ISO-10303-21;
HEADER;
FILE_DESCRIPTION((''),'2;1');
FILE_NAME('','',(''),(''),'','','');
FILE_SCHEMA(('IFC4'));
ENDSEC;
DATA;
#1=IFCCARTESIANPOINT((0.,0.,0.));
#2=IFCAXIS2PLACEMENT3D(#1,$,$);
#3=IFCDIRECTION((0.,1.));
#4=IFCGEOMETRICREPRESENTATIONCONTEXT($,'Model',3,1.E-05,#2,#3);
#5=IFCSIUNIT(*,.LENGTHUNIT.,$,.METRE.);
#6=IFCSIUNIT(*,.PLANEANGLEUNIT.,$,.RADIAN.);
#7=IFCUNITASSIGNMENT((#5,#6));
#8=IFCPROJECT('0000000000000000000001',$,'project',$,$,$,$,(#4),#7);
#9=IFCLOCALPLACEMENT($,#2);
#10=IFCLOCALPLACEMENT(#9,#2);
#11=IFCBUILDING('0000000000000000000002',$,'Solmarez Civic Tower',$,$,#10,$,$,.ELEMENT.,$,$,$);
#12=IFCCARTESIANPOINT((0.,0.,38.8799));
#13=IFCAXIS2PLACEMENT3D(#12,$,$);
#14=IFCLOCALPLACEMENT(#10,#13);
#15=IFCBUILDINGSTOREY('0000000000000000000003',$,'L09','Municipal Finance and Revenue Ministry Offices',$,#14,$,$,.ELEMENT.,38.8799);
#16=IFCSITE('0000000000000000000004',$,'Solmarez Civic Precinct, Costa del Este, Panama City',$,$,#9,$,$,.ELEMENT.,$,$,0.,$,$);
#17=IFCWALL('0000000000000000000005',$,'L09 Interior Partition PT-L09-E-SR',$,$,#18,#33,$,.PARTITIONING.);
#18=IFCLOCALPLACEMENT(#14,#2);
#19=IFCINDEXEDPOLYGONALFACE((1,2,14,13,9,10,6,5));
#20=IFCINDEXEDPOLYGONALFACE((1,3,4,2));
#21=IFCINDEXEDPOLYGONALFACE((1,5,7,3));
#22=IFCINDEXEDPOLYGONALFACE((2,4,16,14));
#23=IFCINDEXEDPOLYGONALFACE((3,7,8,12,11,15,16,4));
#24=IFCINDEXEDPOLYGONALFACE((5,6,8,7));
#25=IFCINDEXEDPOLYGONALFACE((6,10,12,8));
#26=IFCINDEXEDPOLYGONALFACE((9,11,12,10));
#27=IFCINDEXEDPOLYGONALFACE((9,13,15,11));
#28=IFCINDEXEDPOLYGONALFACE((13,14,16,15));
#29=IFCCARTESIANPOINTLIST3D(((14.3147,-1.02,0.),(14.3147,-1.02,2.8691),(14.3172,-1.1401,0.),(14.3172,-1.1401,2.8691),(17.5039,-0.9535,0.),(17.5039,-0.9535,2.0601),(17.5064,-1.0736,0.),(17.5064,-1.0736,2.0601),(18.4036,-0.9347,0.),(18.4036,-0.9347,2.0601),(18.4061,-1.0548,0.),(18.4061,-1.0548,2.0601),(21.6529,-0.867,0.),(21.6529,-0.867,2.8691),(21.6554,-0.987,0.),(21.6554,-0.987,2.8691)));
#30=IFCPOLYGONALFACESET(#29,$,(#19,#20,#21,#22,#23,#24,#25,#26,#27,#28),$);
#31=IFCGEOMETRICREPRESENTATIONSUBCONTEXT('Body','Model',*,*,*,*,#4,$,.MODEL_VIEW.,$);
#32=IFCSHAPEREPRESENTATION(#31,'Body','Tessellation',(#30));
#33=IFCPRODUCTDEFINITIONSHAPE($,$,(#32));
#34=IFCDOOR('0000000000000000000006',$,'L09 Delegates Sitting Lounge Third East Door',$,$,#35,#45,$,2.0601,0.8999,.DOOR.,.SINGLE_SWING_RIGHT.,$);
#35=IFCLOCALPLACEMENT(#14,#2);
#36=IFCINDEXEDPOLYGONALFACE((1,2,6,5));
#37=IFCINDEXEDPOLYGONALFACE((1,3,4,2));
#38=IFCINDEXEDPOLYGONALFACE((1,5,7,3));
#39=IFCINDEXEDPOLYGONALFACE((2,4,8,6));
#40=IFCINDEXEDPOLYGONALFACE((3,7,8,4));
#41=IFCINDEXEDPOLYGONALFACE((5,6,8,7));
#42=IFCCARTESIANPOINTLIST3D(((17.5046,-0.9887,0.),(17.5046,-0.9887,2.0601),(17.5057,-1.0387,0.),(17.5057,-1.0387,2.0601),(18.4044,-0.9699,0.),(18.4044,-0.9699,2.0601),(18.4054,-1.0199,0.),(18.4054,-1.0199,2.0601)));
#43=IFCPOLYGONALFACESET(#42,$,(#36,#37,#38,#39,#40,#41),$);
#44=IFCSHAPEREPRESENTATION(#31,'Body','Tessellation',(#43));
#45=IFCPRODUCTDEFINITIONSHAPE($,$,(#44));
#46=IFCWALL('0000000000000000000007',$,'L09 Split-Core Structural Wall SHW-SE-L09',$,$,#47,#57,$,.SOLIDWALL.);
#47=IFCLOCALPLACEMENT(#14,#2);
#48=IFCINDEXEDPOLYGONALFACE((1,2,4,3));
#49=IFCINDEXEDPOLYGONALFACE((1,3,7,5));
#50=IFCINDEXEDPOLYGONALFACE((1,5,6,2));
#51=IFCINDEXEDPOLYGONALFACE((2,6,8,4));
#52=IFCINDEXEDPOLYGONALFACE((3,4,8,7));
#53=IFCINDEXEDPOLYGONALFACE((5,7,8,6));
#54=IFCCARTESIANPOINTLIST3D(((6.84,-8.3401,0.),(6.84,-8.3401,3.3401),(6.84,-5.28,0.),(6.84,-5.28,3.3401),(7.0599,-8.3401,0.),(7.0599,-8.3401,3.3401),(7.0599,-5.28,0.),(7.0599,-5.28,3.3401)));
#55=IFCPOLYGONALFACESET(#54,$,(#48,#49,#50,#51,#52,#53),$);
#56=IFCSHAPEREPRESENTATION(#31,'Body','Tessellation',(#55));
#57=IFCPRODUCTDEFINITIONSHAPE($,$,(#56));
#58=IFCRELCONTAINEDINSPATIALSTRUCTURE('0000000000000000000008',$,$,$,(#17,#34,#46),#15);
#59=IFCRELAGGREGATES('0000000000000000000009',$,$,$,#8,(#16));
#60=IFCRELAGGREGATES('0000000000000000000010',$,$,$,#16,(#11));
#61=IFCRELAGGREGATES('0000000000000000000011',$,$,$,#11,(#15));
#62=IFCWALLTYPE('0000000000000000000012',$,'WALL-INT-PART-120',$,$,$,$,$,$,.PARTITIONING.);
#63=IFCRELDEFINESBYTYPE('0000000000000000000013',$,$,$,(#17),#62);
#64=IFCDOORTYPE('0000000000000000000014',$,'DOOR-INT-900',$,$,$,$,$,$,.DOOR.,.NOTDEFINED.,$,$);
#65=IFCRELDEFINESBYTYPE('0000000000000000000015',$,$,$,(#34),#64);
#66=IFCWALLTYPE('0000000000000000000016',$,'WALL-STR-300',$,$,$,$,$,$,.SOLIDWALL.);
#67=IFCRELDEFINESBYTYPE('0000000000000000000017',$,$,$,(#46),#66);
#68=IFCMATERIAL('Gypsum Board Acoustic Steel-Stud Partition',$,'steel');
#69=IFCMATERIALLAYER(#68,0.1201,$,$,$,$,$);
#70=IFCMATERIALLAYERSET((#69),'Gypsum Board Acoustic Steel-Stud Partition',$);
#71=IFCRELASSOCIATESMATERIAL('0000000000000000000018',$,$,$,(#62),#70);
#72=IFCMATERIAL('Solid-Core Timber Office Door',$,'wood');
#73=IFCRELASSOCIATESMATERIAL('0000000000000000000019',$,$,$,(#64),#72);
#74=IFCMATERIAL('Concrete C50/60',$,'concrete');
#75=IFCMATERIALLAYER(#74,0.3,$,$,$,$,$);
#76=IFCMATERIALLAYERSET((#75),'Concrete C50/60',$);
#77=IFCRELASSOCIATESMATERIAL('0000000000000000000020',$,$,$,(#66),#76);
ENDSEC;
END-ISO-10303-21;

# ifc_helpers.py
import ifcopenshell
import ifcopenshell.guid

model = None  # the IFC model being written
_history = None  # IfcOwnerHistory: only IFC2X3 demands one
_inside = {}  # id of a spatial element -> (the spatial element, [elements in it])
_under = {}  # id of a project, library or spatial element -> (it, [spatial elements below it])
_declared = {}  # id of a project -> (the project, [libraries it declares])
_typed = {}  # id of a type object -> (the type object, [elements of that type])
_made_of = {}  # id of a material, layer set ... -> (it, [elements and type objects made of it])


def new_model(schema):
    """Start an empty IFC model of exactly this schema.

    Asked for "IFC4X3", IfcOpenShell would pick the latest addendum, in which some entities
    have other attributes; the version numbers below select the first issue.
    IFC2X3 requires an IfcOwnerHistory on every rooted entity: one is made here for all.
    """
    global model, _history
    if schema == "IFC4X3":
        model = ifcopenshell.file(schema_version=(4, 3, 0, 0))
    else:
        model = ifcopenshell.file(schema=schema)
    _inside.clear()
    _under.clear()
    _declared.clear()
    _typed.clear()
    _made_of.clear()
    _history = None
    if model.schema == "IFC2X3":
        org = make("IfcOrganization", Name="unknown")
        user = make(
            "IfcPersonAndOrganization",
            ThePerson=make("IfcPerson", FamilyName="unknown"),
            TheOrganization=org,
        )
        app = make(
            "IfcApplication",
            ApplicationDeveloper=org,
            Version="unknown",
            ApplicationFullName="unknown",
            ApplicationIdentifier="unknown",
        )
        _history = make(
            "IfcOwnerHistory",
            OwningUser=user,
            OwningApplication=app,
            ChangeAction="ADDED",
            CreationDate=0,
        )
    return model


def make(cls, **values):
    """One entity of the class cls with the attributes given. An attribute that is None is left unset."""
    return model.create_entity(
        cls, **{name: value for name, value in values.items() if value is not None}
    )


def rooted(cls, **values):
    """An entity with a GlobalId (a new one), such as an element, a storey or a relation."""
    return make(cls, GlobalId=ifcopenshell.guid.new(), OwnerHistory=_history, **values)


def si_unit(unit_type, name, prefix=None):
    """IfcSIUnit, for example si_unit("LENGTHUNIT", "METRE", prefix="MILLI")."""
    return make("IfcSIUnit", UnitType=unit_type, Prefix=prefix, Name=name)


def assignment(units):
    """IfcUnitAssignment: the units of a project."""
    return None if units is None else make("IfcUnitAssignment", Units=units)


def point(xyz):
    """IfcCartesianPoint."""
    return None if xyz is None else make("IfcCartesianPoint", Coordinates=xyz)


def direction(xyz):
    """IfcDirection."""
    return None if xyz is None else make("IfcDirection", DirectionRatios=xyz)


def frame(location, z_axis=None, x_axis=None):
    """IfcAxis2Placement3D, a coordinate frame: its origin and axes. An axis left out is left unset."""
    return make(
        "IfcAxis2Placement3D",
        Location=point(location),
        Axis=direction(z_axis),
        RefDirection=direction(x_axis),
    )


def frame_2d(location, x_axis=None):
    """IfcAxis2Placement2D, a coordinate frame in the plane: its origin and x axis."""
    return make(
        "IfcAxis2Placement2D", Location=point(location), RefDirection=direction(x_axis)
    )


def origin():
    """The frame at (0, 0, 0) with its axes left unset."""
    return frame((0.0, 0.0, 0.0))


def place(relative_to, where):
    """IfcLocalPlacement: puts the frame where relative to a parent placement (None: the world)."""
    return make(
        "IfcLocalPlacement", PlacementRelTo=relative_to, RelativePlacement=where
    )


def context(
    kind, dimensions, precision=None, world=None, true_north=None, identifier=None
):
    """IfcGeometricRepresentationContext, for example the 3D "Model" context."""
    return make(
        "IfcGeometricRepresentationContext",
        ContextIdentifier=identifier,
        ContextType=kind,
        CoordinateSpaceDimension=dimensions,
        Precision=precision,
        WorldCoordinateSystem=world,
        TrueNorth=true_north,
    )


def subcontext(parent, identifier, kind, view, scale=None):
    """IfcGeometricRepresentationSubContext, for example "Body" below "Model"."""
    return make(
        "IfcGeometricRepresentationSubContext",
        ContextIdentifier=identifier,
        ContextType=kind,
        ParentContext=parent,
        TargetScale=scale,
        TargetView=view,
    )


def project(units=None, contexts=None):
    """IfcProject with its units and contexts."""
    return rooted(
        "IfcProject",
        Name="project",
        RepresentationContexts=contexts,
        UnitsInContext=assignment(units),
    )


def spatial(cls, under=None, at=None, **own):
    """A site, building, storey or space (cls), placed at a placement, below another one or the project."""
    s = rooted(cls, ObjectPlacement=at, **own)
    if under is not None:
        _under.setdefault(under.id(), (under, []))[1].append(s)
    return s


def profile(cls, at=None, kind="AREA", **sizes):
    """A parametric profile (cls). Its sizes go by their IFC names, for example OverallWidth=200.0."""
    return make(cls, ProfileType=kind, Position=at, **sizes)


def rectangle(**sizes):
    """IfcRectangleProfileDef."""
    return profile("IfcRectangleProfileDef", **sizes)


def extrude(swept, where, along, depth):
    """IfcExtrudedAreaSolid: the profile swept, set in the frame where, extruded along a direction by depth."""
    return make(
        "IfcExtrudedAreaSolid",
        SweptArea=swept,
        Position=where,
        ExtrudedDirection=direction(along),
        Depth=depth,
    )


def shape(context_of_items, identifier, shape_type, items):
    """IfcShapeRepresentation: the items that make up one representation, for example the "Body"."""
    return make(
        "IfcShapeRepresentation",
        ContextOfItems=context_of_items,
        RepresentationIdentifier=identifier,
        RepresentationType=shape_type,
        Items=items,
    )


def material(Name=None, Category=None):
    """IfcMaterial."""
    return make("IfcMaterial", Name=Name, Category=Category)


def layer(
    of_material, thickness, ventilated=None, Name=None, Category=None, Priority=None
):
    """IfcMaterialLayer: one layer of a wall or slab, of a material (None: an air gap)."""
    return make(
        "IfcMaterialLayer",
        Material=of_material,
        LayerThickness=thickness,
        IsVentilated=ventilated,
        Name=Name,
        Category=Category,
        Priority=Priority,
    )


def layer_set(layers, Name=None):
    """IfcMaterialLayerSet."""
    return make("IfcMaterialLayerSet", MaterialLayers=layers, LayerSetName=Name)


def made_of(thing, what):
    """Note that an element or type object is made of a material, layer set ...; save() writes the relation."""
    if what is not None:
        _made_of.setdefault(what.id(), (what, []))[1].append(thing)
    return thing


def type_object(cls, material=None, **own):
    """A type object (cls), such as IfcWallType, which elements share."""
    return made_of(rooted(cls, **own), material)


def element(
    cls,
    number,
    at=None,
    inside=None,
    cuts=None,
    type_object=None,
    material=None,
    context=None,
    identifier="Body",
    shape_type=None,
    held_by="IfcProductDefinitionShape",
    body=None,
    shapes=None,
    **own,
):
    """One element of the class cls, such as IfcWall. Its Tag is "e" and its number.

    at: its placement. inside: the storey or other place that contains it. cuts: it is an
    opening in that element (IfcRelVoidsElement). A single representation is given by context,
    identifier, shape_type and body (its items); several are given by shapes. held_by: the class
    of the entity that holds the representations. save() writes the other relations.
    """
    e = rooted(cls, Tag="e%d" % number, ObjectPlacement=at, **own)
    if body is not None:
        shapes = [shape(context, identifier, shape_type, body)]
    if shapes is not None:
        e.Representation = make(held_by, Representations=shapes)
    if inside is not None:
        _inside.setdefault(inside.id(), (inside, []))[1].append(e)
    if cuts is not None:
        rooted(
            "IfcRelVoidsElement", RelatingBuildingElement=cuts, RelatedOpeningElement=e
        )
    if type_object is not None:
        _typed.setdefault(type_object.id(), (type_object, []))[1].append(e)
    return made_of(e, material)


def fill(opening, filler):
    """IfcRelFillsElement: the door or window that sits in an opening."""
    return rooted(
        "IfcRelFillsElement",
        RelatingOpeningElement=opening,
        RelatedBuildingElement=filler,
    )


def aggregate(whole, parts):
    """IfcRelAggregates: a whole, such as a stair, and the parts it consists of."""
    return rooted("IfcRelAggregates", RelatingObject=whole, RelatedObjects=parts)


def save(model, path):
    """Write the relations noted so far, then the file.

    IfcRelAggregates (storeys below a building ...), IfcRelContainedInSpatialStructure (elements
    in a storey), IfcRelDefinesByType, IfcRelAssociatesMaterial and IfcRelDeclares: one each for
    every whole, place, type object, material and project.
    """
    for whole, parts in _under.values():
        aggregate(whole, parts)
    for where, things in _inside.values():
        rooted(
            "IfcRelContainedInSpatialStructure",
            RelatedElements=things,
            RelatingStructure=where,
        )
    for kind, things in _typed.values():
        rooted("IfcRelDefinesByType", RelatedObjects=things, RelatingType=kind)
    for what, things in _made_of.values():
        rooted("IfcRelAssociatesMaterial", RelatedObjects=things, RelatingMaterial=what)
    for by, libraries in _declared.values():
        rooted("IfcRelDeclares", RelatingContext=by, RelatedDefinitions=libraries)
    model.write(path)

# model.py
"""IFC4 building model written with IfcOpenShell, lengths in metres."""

from ifc_helpers import new_model, si_unit, direction, frame, frame_2d, origin, place, context, subcontext, project, spatial, rectangle, extrude, material, layer, layer_set, type_object, element, fill, save


model = new_model("IFC4")

# Units and contexts
model_context = context("Model", 3, precision=1e-05, world=origin(), true_north=direction((0.0, 1.0)))
body_context = subcontext(model_context, "Body", "Model", "MODEL_VIEW")
ifc_project = project(units=[si_unit("LENGTHUNIT", "METRE"), si_unit("PLANEANGLEUNIT", "RADIAN")], contexts=[model_context])

# Site, building, storey
site_placement = place(None, origin())
site = spatial("IfcSite", under=ifc_project, at=site_placement, Name="Solmarez Civic Precinct, Costa del Este, Panama City", CompositionType="ELEMENT", RefElevation=0.0)
building_placement = place(site_placement, origin())
building = spatial("IfcBuilding", under=site, at=building_placement, Name="Solmarez Civic Tower", CompositionType="ELEMENT")
storey_placement = place(building_placement, frame((0.0, 0.0, 38.8799)))
storey = spatial("IfcBuildingStorey", under=building, at=storey_placement, Name="L09", Description="Municipal Finance and Revenue Ministry Offices", CompositionType="ELEMENT", Elevation=38.8799)

# Shared definitions
ifc_material_1 = material(Name="Gypsum Board Acoustic Steel-Stud Partition", Category="steel")
ifc_layer_1 = layer(ifc_material_1, 0.1201)
ifc_layer_set_1 = layer_set([ifc_layer_1], Name="Gypsum Board Acoustic Steel-Stud Partition")
wall_type_1 = type_object("IfcWallType", Name="WALL-INT-PART-120", PredefinedType="PARTITIONING", material=ifc_layer_set_1)

# Wall, opening, door
wall_1_placement = place(storey_placement, frame((14.3159, -1.0801, 0.0), z_axis=(0.0, 0.0, 1.0), x_axis=(0.999782, 0.020856, 0.0)))
wall_1 = element("IfcWall", 1, at=wall_1_placement, inside=storey, type_object=wall_type_1, Name="L09 Interior Partition PT-L09-E-SR", PredefinedType="PARTITIONING", context=body_context, shape_type="SweptSolid", body=[
    extrude(rectangle(XDim=7.3398, YDim=0.1201, at=frame_2d((3.6699, 0.0))), origin(), (0.0, 0.0, 1.0), 2.8691),
])
opening_1_placement = place(wall_1_placement, frame((3.1899, 0.0, 0.0)))
opening_1 = element("IfcOpeningElement", 2, at=opening_1_placement, cuts=wall_1, PredefinedType="OPENING", context=body_context, shape_type="SweptSolid", body=[
    extrude(rectangle(XDim=0.8999, YDim=2.0601, at=frame_2d((0.45, 1.03))), frame((0.0, 0.0701, 0.0), z_axis=(0.0, -1.0, 0.0), x_axis=(1.0, 0.0, 0.0)), (0.0, 0.0, 1.0), 0.1401),
])
ifc_material_2 = material(Name="Solid-Core Timber Office Door", Category="wood")
door_type = type_object("IfcDoorType", Name="DOOR-INT-900", OperationType="NOTDEFINED", PredefinedType="DOOR", material=ifc_material_2)
door_placement = place(opening_1_placement, origin())
door = element("IfcDoor", 3, at=door_placement, inside=storey, type_object=door_type, Name="L09 Delegates Sitting Lounge Third East Door", OperationType="SINGLE_SWING_RIGHT", OverallHeight=2.0601, OverallWidth=0.8999, PredefinedType="DOOR", context=body_context, shape_type="SweptSolid", body=[
    extrude(rectangle(XDim=0.8999, YDim=2.0601, at=frame_2d((0.45, 1.03))), frame((0.0, 0.0249, 0.0), z_axis=(0.0, -1.0, 0.0), x_axis=(1.0, 0.0, 0.0)), (0.0, 0.0, 1.0), 0.05),
])
fill(opening_1, door)

# Wall
ifc_material_3 = material(Name="Concrete C50/60", Category="concrete")
ifc_layer_2 = layer(ifc_material_3, 0.3)
ifc_layer_set_2 = layer_set([ifc_layer_2], Name="Concrete C50/60")
wall_type_2 = type_object("IfcWallType", Name="WALL-STR-300", PredefinedType="SOLIDWALL", material=ifc_layer_set_2)
wall_2_placement = place(storey_placement, frame((6.95, -8.3401, 0.0), z_axis=(0.0, 0.0, 1.0), x_axis=(0.0, 1.0, 0.0)))
element("IfcWall", 4, at=wall_2_placement, inside=storey, type_object=wall_type_2, Name="L09 Split-Core Structural Wall SHW-SE-L09", PredefinedType="SOLIDWALL", context=body_context, shape_type="SweptSolid", body=[
    extrude(rectangle(XDim=3.0601, YDim=0.22, at=frame_2d((1.53, 0.0))), origin(), (0.0, 0.0, 1.0), 3.3401),
])

save(model, "model.ifc")
